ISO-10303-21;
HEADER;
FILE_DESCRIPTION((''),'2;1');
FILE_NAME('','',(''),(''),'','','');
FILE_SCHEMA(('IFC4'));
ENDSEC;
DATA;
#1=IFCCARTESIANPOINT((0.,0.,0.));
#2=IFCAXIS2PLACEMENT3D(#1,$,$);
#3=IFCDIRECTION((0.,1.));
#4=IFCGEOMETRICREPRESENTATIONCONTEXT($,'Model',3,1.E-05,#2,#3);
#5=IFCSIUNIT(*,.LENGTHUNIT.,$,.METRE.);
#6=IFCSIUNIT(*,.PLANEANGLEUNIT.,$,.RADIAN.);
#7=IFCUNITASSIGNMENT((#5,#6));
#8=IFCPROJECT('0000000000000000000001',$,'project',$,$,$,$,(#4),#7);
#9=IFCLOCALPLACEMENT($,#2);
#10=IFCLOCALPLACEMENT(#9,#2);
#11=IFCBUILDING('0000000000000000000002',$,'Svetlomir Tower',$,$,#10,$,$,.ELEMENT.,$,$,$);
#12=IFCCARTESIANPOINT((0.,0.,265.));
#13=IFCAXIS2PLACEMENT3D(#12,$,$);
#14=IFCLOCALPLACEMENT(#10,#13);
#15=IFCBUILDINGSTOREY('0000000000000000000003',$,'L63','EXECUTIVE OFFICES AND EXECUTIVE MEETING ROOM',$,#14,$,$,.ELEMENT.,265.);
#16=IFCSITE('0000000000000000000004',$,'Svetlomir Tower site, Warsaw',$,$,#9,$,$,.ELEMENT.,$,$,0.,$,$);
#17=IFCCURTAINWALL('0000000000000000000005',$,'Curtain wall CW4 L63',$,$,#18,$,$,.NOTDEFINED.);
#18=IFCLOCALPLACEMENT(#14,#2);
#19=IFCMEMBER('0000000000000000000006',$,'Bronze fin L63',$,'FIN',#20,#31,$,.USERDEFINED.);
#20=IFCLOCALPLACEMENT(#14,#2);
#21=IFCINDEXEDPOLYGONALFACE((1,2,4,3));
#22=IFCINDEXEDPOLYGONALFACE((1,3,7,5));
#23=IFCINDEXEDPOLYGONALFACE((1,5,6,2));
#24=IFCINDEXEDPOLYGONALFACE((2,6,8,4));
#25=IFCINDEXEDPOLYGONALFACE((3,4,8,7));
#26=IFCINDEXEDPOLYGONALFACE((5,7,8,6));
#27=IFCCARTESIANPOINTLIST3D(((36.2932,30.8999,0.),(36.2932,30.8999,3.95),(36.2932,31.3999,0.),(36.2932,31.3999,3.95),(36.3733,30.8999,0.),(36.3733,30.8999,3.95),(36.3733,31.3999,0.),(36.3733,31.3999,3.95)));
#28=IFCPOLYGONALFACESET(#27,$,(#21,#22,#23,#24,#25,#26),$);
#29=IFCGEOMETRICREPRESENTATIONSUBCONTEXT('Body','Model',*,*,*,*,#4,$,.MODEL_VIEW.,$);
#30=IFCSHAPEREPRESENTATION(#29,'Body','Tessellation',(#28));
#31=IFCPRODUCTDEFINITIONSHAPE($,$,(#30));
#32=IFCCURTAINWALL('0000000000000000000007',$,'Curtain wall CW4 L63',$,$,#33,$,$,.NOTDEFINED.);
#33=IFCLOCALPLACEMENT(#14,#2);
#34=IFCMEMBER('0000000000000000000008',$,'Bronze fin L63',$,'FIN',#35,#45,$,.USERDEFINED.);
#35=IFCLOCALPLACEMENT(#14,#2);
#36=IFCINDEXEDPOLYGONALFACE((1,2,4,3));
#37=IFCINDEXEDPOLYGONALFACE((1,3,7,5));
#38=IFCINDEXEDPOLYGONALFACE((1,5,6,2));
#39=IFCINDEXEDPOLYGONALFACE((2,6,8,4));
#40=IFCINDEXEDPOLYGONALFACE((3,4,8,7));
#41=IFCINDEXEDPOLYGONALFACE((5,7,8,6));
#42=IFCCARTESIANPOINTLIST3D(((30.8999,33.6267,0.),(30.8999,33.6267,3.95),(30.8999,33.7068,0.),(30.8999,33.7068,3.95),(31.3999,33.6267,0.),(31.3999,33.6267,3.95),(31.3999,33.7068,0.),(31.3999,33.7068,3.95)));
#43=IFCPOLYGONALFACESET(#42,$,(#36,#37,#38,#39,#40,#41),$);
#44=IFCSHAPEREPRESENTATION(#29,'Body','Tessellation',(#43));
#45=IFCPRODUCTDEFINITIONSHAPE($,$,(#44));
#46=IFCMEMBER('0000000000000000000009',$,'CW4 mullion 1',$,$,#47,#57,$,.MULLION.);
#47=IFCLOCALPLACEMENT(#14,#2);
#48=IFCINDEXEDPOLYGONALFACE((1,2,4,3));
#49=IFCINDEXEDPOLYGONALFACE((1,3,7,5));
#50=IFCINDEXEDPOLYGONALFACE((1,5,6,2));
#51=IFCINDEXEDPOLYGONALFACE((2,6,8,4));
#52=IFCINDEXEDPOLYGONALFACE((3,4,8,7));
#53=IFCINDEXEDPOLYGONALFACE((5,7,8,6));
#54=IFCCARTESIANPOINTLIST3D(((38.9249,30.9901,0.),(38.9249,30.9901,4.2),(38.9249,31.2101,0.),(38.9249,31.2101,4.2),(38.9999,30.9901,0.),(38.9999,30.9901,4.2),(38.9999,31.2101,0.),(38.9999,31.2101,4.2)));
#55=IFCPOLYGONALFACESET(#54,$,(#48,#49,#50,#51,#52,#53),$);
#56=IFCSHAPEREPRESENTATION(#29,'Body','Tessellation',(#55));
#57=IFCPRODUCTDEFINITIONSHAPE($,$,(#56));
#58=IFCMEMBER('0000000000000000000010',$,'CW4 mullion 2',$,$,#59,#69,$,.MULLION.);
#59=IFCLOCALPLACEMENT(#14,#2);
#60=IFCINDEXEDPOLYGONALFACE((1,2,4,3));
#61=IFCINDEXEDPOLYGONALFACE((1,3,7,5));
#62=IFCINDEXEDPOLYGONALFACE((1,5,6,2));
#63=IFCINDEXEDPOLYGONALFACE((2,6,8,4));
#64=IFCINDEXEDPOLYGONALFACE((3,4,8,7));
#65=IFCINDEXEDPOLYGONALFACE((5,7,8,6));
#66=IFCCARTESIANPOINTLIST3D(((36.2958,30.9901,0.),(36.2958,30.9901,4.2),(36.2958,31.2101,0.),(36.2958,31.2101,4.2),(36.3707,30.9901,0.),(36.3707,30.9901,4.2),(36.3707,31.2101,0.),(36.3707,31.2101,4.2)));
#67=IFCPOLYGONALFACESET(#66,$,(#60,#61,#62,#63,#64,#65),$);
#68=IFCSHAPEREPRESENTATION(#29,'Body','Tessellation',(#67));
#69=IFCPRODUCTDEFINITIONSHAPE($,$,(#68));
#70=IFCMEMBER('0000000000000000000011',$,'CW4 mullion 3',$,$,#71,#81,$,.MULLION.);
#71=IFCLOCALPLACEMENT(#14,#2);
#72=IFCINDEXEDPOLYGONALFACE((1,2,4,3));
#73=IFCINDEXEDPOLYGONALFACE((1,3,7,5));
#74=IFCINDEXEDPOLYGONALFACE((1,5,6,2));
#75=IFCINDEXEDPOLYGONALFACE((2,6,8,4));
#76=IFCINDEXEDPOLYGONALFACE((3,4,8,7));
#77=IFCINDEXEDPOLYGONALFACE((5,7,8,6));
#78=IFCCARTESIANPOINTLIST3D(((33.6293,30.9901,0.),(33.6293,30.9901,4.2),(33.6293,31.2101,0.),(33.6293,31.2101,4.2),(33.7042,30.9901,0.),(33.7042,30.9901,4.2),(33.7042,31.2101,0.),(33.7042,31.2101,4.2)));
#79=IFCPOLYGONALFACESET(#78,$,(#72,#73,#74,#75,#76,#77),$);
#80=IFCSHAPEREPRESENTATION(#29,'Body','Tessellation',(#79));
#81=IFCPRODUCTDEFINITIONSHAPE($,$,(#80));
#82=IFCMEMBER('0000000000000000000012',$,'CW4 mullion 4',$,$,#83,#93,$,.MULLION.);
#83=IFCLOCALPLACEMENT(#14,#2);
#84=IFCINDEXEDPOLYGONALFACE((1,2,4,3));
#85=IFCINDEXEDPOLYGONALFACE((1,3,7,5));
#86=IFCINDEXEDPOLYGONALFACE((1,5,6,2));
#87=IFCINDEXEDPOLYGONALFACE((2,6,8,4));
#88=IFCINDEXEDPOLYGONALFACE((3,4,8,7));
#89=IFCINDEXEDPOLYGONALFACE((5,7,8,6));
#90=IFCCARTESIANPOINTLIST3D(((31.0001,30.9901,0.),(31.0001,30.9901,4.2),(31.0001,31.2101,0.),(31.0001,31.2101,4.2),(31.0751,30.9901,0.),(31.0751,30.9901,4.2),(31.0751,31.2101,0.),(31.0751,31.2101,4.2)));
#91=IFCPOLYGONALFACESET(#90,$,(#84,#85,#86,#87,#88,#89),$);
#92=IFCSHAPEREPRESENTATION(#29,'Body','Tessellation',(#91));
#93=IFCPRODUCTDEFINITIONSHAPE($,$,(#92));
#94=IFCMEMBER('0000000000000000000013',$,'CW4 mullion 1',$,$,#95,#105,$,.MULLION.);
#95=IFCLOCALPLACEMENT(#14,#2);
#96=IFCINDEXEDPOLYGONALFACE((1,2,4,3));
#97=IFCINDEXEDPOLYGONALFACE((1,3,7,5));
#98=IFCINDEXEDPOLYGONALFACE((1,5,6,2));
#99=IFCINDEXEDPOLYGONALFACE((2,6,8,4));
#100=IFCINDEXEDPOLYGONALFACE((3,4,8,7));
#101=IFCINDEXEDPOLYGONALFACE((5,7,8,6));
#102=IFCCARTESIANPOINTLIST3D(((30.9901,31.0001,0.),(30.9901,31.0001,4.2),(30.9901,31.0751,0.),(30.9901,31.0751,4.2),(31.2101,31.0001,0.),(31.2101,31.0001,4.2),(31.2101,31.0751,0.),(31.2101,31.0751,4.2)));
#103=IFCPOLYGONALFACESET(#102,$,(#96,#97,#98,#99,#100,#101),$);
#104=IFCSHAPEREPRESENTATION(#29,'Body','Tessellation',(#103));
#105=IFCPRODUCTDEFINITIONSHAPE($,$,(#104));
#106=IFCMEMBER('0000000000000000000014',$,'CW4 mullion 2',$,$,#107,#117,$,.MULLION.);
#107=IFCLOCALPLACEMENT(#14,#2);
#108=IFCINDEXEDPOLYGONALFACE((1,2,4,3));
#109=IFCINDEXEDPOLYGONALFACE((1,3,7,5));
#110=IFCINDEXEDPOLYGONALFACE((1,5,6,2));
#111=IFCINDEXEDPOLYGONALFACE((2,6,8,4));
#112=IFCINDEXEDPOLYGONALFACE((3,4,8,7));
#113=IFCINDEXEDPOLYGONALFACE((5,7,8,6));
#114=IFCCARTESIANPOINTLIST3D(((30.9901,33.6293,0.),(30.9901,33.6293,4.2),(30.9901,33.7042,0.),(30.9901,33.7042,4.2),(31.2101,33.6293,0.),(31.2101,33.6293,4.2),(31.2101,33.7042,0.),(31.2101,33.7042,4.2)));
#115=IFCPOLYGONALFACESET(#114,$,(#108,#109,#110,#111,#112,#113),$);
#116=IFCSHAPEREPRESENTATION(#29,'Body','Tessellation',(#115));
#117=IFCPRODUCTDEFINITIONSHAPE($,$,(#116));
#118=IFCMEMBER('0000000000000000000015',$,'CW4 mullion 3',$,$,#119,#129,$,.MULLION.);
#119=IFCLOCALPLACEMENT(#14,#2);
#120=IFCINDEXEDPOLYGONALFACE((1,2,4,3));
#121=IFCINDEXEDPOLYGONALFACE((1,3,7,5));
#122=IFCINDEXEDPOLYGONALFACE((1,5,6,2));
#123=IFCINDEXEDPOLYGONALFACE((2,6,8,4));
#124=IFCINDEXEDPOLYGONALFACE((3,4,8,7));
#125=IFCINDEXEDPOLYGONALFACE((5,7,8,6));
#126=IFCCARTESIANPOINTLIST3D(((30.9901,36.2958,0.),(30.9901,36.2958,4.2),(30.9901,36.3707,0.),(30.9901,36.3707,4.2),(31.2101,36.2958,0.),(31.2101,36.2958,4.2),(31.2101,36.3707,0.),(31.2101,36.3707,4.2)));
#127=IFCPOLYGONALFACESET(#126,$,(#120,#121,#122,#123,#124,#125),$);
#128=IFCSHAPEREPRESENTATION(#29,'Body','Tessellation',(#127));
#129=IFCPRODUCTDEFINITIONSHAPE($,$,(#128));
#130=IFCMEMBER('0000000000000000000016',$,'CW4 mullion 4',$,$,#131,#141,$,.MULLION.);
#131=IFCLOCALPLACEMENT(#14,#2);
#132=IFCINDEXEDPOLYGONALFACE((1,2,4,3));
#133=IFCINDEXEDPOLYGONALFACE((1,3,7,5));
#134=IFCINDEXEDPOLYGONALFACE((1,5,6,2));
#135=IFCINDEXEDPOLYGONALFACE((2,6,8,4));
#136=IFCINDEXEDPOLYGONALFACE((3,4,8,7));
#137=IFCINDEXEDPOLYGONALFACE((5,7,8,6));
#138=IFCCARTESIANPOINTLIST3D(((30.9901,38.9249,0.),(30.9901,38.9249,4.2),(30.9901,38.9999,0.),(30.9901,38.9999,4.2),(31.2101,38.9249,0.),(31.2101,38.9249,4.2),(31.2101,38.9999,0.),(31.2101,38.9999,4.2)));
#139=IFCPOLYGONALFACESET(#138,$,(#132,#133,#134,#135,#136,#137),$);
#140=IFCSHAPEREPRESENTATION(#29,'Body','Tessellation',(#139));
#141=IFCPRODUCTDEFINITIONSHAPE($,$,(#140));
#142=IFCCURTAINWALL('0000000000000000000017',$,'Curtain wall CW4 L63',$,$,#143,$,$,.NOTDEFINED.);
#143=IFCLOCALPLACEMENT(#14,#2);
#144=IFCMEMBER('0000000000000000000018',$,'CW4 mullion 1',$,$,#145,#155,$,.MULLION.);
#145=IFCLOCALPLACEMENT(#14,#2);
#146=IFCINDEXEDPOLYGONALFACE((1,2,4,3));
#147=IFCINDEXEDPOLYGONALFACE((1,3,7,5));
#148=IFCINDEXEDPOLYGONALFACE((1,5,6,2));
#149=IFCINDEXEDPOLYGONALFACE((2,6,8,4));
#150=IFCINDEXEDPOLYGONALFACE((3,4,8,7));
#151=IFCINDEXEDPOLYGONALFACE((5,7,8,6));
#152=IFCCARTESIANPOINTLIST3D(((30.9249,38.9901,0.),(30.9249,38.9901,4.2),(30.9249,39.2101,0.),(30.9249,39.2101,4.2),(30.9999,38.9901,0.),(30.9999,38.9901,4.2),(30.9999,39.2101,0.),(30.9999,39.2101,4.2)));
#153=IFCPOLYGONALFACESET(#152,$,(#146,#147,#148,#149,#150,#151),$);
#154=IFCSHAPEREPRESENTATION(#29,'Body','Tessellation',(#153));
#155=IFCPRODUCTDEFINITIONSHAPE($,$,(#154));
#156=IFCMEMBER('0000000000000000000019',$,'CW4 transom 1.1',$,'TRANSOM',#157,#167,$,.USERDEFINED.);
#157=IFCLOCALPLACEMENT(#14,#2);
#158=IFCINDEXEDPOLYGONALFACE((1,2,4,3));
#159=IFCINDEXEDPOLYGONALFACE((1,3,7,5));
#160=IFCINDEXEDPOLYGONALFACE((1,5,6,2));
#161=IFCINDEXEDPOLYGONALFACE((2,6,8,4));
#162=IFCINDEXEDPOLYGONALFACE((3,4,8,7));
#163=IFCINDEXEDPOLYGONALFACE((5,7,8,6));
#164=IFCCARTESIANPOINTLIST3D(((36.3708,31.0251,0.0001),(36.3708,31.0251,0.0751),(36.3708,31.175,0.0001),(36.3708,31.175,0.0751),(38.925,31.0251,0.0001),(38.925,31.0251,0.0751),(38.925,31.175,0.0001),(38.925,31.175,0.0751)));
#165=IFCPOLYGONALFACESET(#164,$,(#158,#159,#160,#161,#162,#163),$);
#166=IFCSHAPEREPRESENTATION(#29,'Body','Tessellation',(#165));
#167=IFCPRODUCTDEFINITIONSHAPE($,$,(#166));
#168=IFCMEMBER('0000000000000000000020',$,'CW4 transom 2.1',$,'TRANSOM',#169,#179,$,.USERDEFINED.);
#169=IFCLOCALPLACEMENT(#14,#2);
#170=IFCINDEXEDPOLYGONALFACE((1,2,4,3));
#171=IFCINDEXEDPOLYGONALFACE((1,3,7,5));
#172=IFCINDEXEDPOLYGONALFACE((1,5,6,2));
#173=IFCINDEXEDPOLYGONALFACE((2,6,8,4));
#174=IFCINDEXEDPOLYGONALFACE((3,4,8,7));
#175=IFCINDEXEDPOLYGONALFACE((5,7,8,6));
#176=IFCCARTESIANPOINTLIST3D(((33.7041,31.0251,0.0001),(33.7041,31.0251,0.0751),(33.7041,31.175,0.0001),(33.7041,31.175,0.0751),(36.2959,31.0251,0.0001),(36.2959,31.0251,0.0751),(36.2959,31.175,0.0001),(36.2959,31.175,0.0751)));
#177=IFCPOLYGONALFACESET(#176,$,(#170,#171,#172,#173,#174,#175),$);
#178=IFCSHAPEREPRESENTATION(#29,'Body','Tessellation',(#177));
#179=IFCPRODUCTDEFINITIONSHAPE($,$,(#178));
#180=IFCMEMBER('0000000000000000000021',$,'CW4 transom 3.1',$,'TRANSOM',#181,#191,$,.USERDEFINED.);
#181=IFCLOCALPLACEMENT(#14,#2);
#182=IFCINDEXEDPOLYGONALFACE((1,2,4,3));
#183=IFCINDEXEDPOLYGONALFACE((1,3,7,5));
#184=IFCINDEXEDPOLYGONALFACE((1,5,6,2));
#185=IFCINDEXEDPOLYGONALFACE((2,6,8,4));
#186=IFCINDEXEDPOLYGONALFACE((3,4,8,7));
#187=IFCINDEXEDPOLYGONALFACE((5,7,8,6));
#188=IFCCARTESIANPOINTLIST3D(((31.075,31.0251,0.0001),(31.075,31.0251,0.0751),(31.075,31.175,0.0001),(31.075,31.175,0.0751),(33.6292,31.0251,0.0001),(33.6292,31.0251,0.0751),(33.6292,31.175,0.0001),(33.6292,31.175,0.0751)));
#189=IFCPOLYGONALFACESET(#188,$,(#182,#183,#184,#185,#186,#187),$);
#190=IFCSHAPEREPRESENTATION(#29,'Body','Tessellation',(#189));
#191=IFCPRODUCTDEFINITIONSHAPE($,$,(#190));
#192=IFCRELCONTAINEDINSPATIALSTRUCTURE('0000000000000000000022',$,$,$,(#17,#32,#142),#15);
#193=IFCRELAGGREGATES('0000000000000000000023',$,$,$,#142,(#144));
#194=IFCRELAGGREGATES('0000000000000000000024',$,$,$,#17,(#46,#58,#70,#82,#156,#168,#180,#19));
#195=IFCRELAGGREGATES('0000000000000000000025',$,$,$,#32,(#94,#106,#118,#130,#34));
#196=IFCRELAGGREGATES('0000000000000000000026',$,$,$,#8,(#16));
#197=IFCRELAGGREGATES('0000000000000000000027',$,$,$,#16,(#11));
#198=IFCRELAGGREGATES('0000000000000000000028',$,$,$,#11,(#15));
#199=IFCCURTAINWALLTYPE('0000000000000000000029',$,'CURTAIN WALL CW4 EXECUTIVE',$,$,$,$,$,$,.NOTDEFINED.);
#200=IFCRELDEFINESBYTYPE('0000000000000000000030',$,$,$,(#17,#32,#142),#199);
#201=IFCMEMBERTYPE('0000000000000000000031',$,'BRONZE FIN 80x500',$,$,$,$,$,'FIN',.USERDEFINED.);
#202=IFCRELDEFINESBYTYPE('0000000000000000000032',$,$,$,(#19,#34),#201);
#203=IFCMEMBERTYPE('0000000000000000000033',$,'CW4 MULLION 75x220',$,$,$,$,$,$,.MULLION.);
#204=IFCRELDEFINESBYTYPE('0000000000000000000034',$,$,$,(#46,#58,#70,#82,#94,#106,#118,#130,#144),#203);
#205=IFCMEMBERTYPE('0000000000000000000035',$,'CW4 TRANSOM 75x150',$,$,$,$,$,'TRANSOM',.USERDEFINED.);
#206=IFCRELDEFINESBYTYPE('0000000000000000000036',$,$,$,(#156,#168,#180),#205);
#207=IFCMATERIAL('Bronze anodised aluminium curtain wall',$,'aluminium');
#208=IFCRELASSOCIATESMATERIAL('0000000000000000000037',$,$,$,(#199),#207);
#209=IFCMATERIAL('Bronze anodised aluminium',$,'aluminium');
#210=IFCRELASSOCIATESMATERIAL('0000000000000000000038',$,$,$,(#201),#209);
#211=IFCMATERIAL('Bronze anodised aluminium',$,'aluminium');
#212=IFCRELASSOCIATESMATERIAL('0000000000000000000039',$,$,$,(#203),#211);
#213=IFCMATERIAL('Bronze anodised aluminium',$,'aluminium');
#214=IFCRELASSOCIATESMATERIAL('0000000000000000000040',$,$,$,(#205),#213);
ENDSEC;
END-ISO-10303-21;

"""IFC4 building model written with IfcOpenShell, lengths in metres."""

from ifc_helpers import new_model, si_unit, direction, frame, origin, origin_2d, place, context, subcontext, project, spatial, rectangle, extrude, material, material_profile, profile_set, type_object, element, aggregate, save


model = new_model("IFC4")

# Units and contexts
model_context = context("Model", 3, precision=1e-05, world=origin(), true_north=direction((0.0, 1.0)))
body_context = subcontext(model_context, "Body", "Model", "MODEL_VIEW")
ifc_project = project(units=[si_unit("LENGTHUNIT", "METRE"), si_unit("PLANEANGLEUNIT", "RADIAN")], contexts=[model_context])

# Site, building, storey
site_placement = place(None, origin())
site = spatial("IfcSite", under=ifc_project, at=site_placement, Name="Svetlomir Tower site, Warsaw", CompositionType="ELEMENT", RefElevation=0.0)
building_placement = place(site_placement, origin())
building = spatial("IfcBuilding", under=site, at=building_placement, Name="Svetlomir Tower", CompositionType="ELEMENT")
storey_placement = place(building_placement, frame((0.0, 0.0, 265.0)))
storey = spatial("IfcBuildingStorey", under=building, at=storey_placement, Name="L63", Description="EXECUTIVE OFFICES AND EXECUTIVE MEETING ROOM", CompositionType="ELEMENT", Elevation=265.0)

# Curtain walls, members
ifc_material_1 = material(Name="Bronze anodised aluminium curtain wall", Category="aluminium")
curtain_wall_type = type_object("IfcCurtainWallType", Name="CURTAIN WALL CW4 EXECUTIVE", PredefinedType="NOTDEFINED", material=ifc_material_1)
curtain_wall_1_placement = place(storey_placement, origin())
curtain_wall_1 = element("IfcCurtainWall", 1, at=curtain_wall_1_placement, inside=storey, type_object=curtain_wall_type, Name="Curtain wall CW4 L63", PredefinedType="NOTDEFINED")
ifc_material_2 = material(Name="Bronze anodised aluminium", Category="aluminium")
ifc_material_profile_1 = material_profile(ifc_material_2, rectangle(XDim=0.0801, YDim=0.5, at=origin_2d()), Name="FIN 80x500")
ifc_profile_set_1 = profile_set([ifc_material_profile_1], Name="Bronze anodised aluminium 6063-T6")
member_type_1 = type_object("IfcMemberType", Name="BRONZE FIN 80x500", ElementType="FIN", PredefinedType="USERDEFINED", material=ifc_profile_set_1)
member_1_placement = place(storey_placement, frame((36.3333, 31.1499, 0.0), z_axis=(0.0, 0.0, 1.0), x_axis=(1.0, 0.0, 0.0)))
member_1 = element("IfcMember", 2, at=member_1_placement, type_object=member_type_1, Name="Bronze fin L63", ObjectType="FIN", PredefinedType="USERDEFINED", context=body_context, shape_type="SweptSolid", body=[
    extrude(rectangle(XDim=0.0801, YDim=0.5, at=origin_2d()), origin(), (0.0, 0.0, 1.0), 3.95),
])
curtain_wall_2_placement = place(storey_placement, origin())
curtain_wall_2 = element("IfcCurtainWall", 3, at=curtain_wall_2_placement, inside=storey, type_object=curtain_wall_type, Name="Curtain wall CW4 L63", PredefinedType="NOTDEFINED")
member_2_placement = place(storey_placement, frame((31.1499, 33.6667, 0.0), z_axis=(0.0, 0.0, 1.0), x_axis=(0.0, 1.0, 0.0)))
member_2 = element("IfcMember", 4, at=member_2_placement, type_object=member_type_1, Name="Bronze fin L63", ObjectType="FIN", PredefinedType="USERDEFINED", context=body_context, shape_type="SweptSolid", body=[
    extrude(rectangle(XDim=0.0801, YDim=0.5, at=origin_2d()), origin(), (0.0, 0.0, 1.0), 3.95),
])

# Members
ifc_material_3 = material(Name="Bronze anodised aluminium", Category="aluminium")
ifc_material_profile_2 = material_profile(ifc_material_3, rectangle(XDim=0.075, YDim=0.22, at=origin_2d()), Name="AL 75x220")
ifc_profile_set_2 = profile_set([ifc_material_profile_2], Name="Bronze anodised aluminium 6063-T6")
member_type_2 = type_object("IfcMemberType", Name="CW4 MULLION 75x220", PredefinedType="MULLION", material=ifc_profile_set_2)
member_3_placement = place(storey_placement, frame((38.9624, 31.1001, 0.0), z_axis=(0.0, 0.0, 1.0), x_axis=(-1.0, 0.0, 0.0)))
member_3 = element("IfcMember", 5, at=member_3_placement, type_object=member_type_2, Name="CW4 mullion 1", PredefinedType="MULLION", context=body_context, shape_type="SweptSolid", body=[
    extrude(rectangle(XDim=0.075, YDim=0.22, at=origin_2d()), origin(), (0.0, 0.0, 1.0), 4.2),
])
member_4_placement = place(storey_placement, frame((36.3333, 31.1001, 0.0), z_axis=(0.0, 0.0, 1.0), x_axis=(-1.0, 0.0, 0.0)))
member_4 = element("IfcMember", 6, at=member_4_placement, type_object=member_type_2, Name="CW4 mullion 2", PredefinedType="MULLION", context=body_context, shape_type="SweptSolid", body=[
    extrude(rectangle(XDim=0.075, YDim=0.22, at=origin_2d()), origin(), (0.0, 0.0, 1.0), 4.2),
])
member_5_placement = place(storey_placement, frame((33.6667, 31.1001, 0.0), z_axis=(0.0, 0.0, 1.0), x_axis=(-1.0, 0.0, 0.0)))
member_5 = element("IfcMember", 7, at=member_5_placement, type_object=member_type_2, Name="CW4 mullion 3", PredefinedType="MULLION", context=body_context, shape_type="SweptSolid", body=[
    extrude(rectangle(XDim=0.075, YDim=0.22, at=origin_2d()), origin(), (0.0, 0.0, 1.0), 4.2),
])
member_6_placement = place(storey_placement, frame((31.0376, 31.1001, 0.0), z_axis=(0.0, 0.0, 1.0), x_axis=(-1.0, 0.0, 0.0)))
member_6 = element("IfcMember", 8, at=member_6_placement, type_object=member_type_2, Name="CW4 mullion 4", PredefinedType="MULLION", context=body_context, shape_type="SweptSolid", body=[
    extrude(rectangle(XDim=0.075, YDim=0.22, at=origin_2d()), origin(), (0.0, 0.0, 1.0), 4.2),
])
member_7_placement = place(storey_placement, frame((31.1001, 31.0376, 0.0), z_axis=(0.0, 0.0, 1.0), x_axis=(0.0, 1.0, 0.0)))
member_7 = element("IfcMember", 9, at=member_7_placement, type_object=member_type_2, Name="CW4 mullion 1", PredefinedType="MULLION", context=body_context, shape_type="SweptSolid", body=[
    extrude(rectangle(XDim=0.075, YDim=0.22, at=origin_2d()), origin(), (0.0, 0.0, 1.0), 4.2),
])
member_8_placement = place(storey_placement, frame((31.1001, 33.6667, 0.0), z_axis=(0.0, 0.0, 1.0), x_axis=(0.0, 1.0, 0.0)))
member_8 = element("IfcMember", 10, at=member_8_placement, type_object=member_type_2, Name="CW4 mullion 2", PredefinedType="MULLION", context=body_context, shape_type="SweptSolid", body=[
    extrude(rectangle(XDim=0.075, YDim=0.22, at=origin_2d()), origin(), (0.0, 0.0, 1.0), 4.2),
])
member_9_placement = place(storey_placement, frame((31.1001, 36.3333, 0.0), z_axis=(0.0, 0.0, 1.0), x_axis=(0.0, 1.0, 0.0)))
member_9 = element("IfcMember", 11, at=member_9_placement, type_object=member_type_2, Name="CW4 mullion 3", PredefinedType="MULLION", context=body_context, shape_type="SweptSolid", body=[
    extrude(rectangle(XDim=0.075, YDim=0.22, at=origin_2d()), origin(), (0.0, 0.0, 1.0), 4.2),
])
member_10_placement = place(storey_placement, frame((31.1001, 38.9624, 0.0), z_axis=(0.0, 0.0, 1.0), x_axis=(0.0, 1.0, 0.0)))
member_10 = element("IfcMember", 12, at=member_10_placement, type_object=member_type_2, Name="CW4 mullion 4", PredefinedType="MULLION", context=body_context, shape_type="SweptSolid", body=[
    extrude(rectangle(XDim=0.075, YDim=0.22, at=origin_2d()), origin(), (0.0, 0.0, 1.0), 4.2),
])

# Curtain wall, member
curtain_wall_3_placement = place(storey_placement, origin())
curtain_wall_3 = element("IfcCurtainWall", 13, at=curtain_wall_3_placement, inside=storey, type_object=curtain_wall_type, Name="Curtain wall CW4 L63", PredefinedType="NOTDEFINED")
member_11_placement = place(storey_placement, frame((30.9624, 39.1001, 0.0), z_axis=(0.0, 0.0, 1.0), x_axis=(-1.0, 0.0, 0.0)))
member_11 = element("IfcMember", 14, at=member_11_placement, type_object=member_type_2, Name="CW4 mullion 1", PredefinedType="MULLION", context=body_context, shape_type="SweptSolid", body=[
    extrude(rectangle(XDim=0.075, YDim=0.22, at=origin_2d()), origin(), (0.0, 0.0, 1.0), 4.2),
])

# Members
ifc_material_4 = material(Name="Bronze anodised aluminium", Category="aluminium")
ifc_material_profile_3 = material_profile(ifc_material_4, rectangle(XDim=0.1499, YDim=0.075, at=origin_2d()), Name="AL 150x75")
ifc_profile_set_3 = profile_set([ifc_material_profile_3], Name="Bronze anodised aluminium 6063-T6")
member_type_3 = type_object("IfcMemberType", Name="CW4 TRANSOM 75x150", ElementType="TRANSOM", PredefinedType="USERDEFINED", material=ifc_profile_set_3)
member_12_placement = place(storey_placement, frame((38.925, 31.1001, 0.0376), z_axis=(-1.0, 0.0, 0.0), x_axis=(0.0, -1.0, 0.0)))
member_12 = element("IfcMember", 15, at=member_12_placement, type_object=member_type_3, Name="CW4 transom 1.1", ObjectType="TRANSOM", PredefinedType="USERDEFINED", context=body_context, shape_type="SweptSolid", body=[
    extrude(rectangle(XDim=0.1499, YDim=0.075, at=origin_2d()), origin(), (0.0, 0.0, 1.0), 2.5542),
])
member_13_placement = place(storey_placement, frame((36.2959, 31.1001, 0.0376), z_axis=(-1.0, 0.0, 0.0), x_axis=(0.0, -1.0, 0.0)))
member_13 = element("IfcMember", 16, at=member_13_placement, type_object=member_type_3, Name="CW4 transom 2.1", ObjectType="TRANSOM", PredefinedType="USERDEFINED", context=body_context, shape_type="SweptSolid", body=[
    extrude(rectangle(XDim=0.1499, YDim=0.075, at=origin_2d()), origin(), (0.0, 0.0, 1.0), 2.5918),
])
member_14_placement = place(storey_placement, frame((33.6292, 31.1001, 0.0376), z_axis=(-1.0, 0.0, 0.0), x_axis=(0.0, -1.0, 0.0)))
member_14 = element("IfcMember", 17, at=member_14_placement, type_object=member_type_3, Name="CW4 transom 3.1", ObjectType="TRANSOM", PredefinedType="USERDEFINED", context=body_context, shape_type="SweptSolid", body=[
    extrude(rectangle(XDim=0.1499, YDim=0.075, at=origin_2d()), origin(), (0.0, 0.0, 1.0), 2.5542),
])
aggregate(curtain_wall_3, [member_11])

aggregate(curtain_wall_1, [member_3, member_4, member_5, member_6, member_12, member_13, member_14, member_1])
aggregate(curtain_wall_2, [member_7, member_8, member_9, member_10, member_2])

save(model, "model.ifc")
